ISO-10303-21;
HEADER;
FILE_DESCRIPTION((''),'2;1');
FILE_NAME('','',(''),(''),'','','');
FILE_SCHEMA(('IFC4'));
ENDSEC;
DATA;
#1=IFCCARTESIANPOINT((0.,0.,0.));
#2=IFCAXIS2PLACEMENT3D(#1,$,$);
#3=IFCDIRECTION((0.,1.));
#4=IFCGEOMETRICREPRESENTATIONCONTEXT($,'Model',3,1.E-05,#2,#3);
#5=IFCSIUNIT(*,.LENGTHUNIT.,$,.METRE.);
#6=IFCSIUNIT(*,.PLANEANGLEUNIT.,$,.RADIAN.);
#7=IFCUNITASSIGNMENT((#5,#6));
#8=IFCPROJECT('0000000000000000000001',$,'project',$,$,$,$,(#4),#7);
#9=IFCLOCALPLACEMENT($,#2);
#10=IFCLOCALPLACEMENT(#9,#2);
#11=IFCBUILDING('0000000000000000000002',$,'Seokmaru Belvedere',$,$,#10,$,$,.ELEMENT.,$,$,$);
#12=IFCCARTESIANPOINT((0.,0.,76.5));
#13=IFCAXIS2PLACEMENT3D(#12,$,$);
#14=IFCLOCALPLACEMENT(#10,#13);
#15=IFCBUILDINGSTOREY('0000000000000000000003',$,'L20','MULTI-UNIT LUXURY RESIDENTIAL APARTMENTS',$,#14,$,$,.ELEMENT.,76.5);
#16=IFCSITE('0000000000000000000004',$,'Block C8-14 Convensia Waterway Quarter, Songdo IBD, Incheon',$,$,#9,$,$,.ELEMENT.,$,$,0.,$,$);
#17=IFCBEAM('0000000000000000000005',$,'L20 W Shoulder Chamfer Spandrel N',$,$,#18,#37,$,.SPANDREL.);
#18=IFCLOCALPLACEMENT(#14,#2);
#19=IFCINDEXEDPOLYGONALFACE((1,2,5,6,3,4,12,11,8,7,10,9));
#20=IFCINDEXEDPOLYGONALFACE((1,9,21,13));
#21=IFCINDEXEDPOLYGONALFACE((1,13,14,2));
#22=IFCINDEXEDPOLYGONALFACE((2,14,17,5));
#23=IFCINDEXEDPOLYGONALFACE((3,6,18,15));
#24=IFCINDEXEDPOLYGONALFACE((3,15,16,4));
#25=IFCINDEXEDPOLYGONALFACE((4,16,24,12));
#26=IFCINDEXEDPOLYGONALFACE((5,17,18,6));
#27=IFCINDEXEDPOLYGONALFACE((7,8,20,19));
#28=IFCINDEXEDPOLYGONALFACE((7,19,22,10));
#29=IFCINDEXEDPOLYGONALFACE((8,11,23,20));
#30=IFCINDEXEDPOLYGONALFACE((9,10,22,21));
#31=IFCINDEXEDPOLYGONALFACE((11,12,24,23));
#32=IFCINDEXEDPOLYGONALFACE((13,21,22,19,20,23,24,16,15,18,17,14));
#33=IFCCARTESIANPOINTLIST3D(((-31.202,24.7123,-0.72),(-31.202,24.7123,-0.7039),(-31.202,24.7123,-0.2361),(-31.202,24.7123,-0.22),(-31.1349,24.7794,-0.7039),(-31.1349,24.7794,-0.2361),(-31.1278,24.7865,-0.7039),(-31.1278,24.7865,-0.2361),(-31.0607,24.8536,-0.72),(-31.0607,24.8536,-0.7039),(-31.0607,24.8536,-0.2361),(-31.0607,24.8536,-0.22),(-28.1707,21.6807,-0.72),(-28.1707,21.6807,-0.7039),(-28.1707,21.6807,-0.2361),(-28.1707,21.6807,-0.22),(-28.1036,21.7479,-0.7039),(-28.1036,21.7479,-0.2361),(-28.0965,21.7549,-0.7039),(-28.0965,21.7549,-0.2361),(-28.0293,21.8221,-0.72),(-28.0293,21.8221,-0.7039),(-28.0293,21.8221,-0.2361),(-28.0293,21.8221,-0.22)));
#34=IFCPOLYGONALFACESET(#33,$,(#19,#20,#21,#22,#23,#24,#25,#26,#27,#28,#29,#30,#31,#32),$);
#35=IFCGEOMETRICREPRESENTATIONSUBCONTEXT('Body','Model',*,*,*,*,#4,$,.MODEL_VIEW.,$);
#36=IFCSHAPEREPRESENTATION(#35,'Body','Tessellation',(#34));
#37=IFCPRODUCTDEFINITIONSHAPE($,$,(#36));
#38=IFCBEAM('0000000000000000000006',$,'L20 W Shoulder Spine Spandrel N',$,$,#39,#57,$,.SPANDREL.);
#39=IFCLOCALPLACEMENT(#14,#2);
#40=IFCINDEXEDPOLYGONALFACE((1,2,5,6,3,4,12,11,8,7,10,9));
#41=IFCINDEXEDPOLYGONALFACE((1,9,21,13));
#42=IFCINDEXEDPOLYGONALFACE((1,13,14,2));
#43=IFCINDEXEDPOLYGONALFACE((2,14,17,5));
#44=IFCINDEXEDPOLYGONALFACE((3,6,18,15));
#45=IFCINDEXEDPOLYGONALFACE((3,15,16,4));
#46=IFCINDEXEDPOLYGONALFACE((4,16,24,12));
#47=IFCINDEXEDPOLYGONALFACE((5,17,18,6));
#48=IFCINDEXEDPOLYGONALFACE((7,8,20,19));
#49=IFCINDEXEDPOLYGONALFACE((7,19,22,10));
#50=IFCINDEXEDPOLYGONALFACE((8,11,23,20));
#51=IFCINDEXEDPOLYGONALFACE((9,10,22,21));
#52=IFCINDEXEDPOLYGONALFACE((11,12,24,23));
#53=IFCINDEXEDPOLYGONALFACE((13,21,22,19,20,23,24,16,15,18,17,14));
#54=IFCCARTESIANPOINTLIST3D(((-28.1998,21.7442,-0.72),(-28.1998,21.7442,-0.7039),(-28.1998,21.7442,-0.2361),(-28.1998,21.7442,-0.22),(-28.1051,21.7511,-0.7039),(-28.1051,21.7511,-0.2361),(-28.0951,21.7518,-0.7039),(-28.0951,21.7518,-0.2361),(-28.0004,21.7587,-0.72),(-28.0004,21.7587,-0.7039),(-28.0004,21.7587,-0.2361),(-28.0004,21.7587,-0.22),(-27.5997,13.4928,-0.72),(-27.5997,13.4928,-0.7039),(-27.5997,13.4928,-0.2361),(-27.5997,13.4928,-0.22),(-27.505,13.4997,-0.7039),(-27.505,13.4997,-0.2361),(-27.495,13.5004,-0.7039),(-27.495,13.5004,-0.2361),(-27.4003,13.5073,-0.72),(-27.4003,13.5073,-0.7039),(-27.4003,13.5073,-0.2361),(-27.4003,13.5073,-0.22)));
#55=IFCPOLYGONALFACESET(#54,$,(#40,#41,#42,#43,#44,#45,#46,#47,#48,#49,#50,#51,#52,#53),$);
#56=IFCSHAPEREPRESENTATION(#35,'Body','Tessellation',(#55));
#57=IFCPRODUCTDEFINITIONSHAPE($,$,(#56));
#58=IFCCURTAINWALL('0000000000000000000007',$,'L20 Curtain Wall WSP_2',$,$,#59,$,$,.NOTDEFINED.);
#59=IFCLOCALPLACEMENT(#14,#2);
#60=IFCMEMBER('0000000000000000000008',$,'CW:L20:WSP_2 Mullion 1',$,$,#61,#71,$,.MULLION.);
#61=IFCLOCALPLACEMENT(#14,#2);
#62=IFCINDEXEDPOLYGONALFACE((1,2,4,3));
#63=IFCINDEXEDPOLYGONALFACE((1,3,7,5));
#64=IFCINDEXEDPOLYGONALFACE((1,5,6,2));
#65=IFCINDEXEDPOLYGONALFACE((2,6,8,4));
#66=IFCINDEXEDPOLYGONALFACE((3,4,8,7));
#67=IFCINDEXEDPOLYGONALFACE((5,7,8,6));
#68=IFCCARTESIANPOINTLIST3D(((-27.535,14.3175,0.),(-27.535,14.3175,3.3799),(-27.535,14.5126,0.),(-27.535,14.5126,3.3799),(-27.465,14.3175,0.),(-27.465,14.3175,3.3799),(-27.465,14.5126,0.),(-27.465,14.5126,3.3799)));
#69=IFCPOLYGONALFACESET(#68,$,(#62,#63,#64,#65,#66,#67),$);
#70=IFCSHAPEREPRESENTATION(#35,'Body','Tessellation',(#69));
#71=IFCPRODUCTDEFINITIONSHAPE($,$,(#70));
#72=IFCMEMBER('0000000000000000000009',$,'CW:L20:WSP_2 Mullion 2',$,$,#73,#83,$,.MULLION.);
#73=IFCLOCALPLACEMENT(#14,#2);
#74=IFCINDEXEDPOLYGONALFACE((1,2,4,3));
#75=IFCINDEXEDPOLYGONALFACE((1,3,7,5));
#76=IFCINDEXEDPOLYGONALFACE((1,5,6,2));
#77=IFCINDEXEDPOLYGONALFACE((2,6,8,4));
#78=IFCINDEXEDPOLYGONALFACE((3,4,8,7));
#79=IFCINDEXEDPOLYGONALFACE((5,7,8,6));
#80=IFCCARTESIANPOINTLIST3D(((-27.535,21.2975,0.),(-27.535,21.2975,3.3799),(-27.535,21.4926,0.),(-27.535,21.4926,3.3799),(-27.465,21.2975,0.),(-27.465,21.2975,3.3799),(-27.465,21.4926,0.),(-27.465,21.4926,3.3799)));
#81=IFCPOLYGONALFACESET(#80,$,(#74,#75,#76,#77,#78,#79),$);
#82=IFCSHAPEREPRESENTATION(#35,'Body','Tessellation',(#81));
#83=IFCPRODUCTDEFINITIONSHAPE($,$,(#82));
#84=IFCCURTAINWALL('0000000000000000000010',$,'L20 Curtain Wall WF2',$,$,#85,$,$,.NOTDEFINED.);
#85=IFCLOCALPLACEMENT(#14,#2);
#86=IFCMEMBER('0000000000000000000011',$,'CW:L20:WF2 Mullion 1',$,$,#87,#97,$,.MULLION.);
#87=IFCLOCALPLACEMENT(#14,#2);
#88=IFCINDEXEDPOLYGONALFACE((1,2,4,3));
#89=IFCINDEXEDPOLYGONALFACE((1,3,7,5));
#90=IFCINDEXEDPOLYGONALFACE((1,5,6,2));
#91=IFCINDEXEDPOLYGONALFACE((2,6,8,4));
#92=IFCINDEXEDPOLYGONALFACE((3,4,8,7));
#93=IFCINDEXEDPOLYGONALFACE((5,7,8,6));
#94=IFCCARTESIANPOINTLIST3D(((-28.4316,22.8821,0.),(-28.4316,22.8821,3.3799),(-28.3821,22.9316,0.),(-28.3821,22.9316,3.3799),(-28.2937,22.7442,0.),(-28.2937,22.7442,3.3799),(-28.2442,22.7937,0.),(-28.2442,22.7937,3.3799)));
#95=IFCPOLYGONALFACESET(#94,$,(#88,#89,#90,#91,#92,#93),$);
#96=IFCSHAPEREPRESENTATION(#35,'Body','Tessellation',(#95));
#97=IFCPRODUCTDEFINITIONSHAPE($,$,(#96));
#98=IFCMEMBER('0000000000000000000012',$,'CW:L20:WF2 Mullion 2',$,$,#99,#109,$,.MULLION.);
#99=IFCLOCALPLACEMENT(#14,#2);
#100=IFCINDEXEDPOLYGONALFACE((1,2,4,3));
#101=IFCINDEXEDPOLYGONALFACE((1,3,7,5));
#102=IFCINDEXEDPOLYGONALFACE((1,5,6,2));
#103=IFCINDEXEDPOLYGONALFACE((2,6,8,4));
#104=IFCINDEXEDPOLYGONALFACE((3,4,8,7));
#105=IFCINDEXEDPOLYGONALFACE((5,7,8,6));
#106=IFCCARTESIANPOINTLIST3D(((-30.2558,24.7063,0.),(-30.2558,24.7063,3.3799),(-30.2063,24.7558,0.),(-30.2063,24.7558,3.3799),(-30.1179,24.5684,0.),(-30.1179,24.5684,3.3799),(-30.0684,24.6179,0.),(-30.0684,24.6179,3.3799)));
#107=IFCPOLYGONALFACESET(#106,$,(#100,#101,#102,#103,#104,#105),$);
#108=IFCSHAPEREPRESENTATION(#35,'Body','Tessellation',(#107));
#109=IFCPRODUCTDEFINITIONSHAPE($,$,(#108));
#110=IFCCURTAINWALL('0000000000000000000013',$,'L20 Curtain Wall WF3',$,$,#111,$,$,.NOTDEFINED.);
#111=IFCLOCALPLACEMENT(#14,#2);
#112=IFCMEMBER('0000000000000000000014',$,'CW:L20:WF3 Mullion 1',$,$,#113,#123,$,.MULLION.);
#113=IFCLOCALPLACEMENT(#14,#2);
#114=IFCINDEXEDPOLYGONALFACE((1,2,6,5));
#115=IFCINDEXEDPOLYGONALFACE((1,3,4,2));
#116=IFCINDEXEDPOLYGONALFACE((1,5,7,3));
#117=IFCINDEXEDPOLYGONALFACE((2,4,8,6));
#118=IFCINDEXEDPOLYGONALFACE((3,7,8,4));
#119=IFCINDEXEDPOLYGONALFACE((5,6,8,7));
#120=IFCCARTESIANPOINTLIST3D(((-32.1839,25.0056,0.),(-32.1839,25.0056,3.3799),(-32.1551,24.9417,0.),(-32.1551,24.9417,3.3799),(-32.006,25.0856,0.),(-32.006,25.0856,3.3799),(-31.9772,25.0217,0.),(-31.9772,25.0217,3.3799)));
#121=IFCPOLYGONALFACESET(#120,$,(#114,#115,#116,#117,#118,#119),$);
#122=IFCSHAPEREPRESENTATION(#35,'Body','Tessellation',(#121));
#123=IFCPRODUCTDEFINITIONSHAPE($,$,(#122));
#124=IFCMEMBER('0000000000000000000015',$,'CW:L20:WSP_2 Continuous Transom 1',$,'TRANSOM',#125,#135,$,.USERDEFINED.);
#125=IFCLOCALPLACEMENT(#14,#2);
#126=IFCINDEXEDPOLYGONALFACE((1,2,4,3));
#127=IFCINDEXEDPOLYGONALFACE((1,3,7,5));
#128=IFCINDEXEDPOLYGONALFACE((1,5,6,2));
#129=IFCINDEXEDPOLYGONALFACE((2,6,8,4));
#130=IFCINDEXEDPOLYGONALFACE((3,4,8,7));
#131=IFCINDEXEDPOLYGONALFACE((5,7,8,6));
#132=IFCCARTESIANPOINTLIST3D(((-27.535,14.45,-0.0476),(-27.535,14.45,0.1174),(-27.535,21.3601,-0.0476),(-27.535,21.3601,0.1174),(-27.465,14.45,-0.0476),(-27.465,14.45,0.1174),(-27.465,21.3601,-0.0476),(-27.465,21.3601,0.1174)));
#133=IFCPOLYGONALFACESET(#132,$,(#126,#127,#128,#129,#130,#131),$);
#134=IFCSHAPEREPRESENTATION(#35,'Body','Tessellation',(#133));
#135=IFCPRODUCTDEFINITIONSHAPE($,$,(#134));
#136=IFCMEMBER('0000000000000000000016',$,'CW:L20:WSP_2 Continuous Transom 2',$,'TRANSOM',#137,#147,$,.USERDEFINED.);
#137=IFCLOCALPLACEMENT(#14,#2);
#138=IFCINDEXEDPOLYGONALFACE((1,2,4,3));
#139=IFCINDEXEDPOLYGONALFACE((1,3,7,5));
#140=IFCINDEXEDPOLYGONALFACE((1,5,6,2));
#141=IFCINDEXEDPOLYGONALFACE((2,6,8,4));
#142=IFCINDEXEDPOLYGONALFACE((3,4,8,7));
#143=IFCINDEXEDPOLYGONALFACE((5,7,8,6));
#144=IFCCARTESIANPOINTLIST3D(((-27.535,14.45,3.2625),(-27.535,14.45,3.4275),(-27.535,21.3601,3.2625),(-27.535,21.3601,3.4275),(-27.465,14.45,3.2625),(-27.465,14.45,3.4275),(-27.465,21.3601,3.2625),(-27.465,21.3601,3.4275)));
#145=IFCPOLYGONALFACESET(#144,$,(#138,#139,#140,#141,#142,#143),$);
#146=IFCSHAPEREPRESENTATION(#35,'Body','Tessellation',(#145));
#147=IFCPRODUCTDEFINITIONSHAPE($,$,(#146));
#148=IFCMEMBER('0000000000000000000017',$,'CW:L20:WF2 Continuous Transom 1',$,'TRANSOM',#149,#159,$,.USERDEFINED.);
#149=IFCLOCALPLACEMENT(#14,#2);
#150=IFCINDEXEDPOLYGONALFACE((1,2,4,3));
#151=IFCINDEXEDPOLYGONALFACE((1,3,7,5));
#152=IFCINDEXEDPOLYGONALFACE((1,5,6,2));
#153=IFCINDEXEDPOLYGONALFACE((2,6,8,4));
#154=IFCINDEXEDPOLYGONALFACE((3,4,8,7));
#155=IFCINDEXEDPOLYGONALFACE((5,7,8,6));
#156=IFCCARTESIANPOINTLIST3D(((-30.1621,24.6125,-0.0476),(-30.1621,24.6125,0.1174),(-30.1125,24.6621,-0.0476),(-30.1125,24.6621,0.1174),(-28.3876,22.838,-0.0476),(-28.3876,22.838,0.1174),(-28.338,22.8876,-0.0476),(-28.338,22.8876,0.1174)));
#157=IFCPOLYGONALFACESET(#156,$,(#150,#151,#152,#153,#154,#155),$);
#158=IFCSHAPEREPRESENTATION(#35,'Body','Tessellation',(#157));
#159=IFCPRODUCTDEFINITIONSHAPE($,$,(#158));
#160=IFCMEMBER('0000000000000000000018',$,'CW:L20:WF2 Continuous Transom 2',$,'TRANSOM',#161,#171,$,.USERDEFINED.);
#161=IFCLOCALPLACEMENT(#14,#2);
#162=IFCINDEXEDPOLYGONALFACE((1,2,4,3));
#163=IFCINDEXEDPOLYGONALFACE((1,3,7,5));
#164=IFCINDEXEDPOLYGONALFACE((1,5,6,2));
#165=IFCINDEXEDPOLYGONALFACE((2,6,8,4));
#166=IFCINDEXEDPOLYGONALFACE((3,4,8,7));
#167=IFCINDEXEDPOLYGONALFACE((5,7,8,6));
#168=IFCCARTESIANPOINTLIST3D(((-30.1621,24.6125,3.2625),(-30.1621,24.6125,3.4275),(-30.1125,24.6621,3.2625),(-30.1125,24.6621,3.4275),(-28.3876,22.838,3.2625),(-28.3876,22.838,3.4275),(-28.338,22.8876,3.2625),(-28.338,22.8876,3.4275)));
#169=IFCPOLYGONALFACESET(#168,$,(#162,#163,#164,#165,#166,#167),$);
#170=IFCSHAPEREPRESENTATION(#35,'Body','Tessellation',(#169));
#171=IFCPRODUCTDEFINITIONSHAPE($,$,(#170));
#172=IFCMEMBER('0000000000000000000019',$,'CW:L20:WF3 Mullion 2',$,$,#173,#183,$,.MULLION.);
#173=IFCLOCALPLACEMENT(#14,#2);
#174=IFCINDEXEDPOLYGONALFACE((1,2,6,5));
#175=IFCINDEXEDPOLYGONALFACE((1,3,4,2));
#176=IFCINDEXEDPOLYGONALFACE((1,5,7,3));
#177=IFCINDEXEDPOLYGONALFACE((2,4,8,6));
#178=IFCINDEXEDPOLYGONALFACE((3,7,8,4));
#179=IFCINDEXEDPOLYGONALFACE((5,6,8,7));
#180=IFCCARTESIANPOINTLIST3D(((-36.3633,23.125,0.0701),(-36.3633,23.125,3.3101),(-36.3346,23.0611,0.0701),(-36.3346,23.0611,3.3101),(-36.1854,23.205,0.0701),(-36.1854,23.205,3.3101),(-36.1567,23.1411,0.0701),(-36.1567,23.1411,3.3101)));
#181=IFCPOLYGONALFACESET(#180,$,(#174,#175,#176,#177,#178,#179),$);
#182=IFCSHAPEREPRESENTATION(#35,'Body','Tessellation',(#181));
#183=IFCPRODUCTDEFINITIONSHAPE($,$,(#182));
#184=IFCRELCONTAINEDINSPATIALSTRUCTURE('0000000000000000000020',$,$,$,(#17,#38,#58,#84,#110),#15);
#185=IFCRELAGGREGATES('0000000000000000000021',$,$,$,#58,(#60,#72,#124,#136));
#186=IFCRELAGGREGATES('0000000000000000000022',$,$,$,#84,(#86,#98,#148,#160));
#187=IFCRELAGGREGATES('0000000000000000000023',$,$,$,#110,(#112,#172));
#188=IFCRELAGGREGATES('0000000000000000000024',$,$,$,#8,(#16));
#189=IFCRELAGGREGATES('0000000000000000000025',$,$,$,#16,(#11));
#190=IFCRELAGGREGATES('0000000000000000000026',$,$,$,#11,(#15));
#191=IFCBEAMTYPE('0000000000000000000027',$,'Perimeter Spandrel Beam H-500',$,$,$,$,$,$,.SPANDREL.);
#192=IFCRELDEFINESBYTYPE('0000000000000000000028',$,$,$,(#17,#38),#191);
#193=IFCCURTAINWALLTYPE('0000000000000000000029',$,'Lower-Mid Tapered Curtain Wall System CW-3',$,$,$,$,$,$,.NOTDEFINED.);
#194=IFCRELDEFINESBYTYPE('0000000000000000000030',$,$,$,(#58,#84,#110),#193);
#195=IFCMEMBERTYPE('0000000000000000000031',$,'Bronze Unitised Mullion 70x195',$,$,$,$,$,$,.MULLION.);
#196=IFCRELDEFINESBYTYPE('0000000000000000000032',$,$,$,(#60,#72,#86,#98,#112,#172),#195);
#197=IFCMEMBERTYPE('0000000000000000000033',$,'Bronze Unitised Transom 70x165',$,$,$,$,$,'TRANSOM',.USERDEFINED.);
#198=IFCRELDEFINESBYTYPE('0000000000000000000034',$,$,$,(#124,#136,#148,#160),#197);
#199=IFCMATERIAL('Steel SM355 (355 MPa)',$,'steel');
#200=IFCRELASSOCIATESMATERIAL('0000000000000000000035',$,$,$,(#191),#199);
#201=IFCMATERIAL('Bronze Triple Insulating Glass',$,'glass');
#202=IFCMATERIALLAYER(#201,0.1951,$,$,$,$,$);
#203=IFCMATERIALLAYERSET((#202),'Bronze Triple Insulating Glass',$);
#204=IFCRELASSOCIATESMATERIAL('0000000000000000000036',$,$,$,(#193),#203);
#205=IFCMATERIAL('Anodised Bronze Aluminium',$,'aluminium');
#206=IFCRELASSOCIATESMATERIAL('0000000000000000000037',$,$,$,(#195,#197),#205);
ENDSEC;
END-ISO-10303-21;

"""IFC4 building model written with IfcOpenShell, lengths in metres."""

from ifc_helpers import new_model, si_unit, direction, frame, origin, origin_2d, place, context, subcontext, project, spatial, rectangle, i_section, extrude, source, transform, mapped, material, layer, layer_set, material_profile, profile_set, type_object, type_shapes, element, aggregate, save


model = new_model("IFC4")

# Units and contexts
model_context = context("Model", 3, precision=1e-05, world=origin(), true_north=direction((0.0, 1.0)))
body_context = subcontext(model_context, "Body", "Model", "MODEL_VIEW")
ifc_project = project(units=[si_unit("LENGTHUNIT", "METRE"), si_unit("PLANEANGLEUNIT", "RADIAN")], contexts=[model_context])

# Site, building, storey
site_placement = place(None, origin())
site = spatial("IfcSite", under=ifc_project, at=site_placement, Name="Block C8-14 Convensia Waterway Quarter, Songdo IBD, Incheon", CompositionType="ELEMENT", RefElevation=0.0)
building_placement = place(site_placement, origin())
building = spatial("IfcBuilding", under=site, at=building_placement, Name="Seokmaru Belvedere", CompositionType="ELEMENT")
storey_placement = place(building_placement, frame((0.0, 0.0, 76.5)))
storey = spatial("IfcBuildingStorey", under=building, at=storey_placement, Name="L20", Description="MULTI-UNIT LUXURY RESIDENTIAL APARTMENTS", CompositionType="ELEMENT", Elevation=76.5)

# Shared definitions
ifc_material_1 = material(Name="Steel SM355 (355 MPa)", Category="steel")

# Beams
ifc_material_profile_1 = material_profile(ifc_material_1, i_section(OverallWidth=0.2, OverallDepth=0.5, WebThickness=0.01, FlangeThickness=0.0161, at=origin_2d()), Name="H-500x200x10x16")
ifc_profile_set_1 = profile_set([ifc_material_profile_1], Name="Steel SM355 (355 MPa)")
beam_type_1 = type_object("IfcBeamType", Name="Perimeter Spandrel Beam H-500", PredefinedType="SPANDREL", material=ifc_profile_set_1)
shared_shape_1 = source(origin(), body_context, "Body", "SweptSolid", [
    extrude(i_section(OverallWidth=0.2, OverallDepth=0.5, WebThickness=0.01, FlangeThickness=0.0161, at=origin_2d()), origin(), (0.0, 0.0, 1.0), 4.2871),
])
beam_1_placement = place(storey_placement, frame((-31.1313, 24.783, -0.47), z_axis=(0.707078, -0.707135, 0.0), x_axis=(0.707135, 0.707078, 0.0)))
element("IfcBeam", 1, at=beam_1_placement, inside=storey, type_object=beam_type_1, Name="L20 W Shoulder Chamfer Spandrel N", PredefinedType="SPANDREL", context=body_context, shape_type="MappedRepresentation", body=[
    mapped(shared_shape_1, transform((0.0, 0.0, 0.0), scale=1.0)),
])
shared_shape_2 = source(origin(), body_context, "Body", "SweptSolid", [
    extrude(i_section(OverallWidth=0.2, OverallDepth=0.5, WebThickness=0.01, FlangeThickness=0.0161, at=origin_2d()), origin(), (0.0, 0.0, 1.0), 8.2732),
])
beam_2_placement = place(storey_placement, frame((-28.1001, 21.7515, -0.47), z_axis=(0.072535, -0.997366, 0.0), x_axis=(0.997366, 0.072535, 0.0)))
element("IfcBeam", 2, at=beam_2_placement, inside=storey, type_object=beam_type_1, Name="L20 W Shoulder Spine Spandrel N", PredefinedType="SPANDREL", context=body_context, shape_type="MappedRepresentation", body=[
    mapped(shared_shape_2, transform((0.0, 0.0, 0.0), scale=1.0)),
])

# Curtain walls, members
ifc_material_2 = material(Name="Bronze Triple Insulating Glass", Category="glass")
ifc_layer_1 = layer(ifc_material_2, 0.1951)
ifc_layer_set_1 = layer_set([ifc_layer_1], Name="Bronze Triple Insulating Glass")
curtain_wall_type = type_object("IfcCurtainWallType", Name="Lower-Mid Tapered Curtain Wall System CW-3", PredefinedType="NOTDEFINED", material=ifc_layer_set_1)
curtain_wall_1_placement = place(storey_placement, origin())
curtain_wall_1 = element("IfcCurtainWall", 3, at=curtain_wall_1_placement, inside=storey, type_object=curtain_wall_type, Name="L20 Curtain Wall WSP_2", PredefinedType="NOTDEFINED")
ifc_material_3 = material(Name="Anodised Bronze Aluminium", Category="aluminium")
ifc_material_profile_2 = material_profile(ifc_material_3, rectangle(XDim=0.0701, YDim=0.1951, at=origin_2d()), Name="CW-M-70x195")
ifc_profile_set_2 = profile_set([ifc_material_profile_2], Name="Anodised Bronze Aluminium")
member_type_1 = type_object("IfcMemberType", Name="Bronze Unitised Mullion 70x195", PredefinedType="MULLION", material=ifc_profile_set_2)
shared_shape_3 = source(origin(), body_context, "Body", "SweptSolid", [
    extrude(rectangle(XDim=0.0701, YDim=0.1951, at=origin_2d()), origin(), (0.0, 0.0, 1.0), 3.3799),
])
member_1_placement = place(storey_placement, frame((-27.5, 14.415, 0.0), z_axis=(0.0, 0.0, 1.0), x_axis=(-1.0, 0.0, 0.0)))
member_1 = element("IfcMember", 4, at=member_1_placement, type_object=member_type_1, Name="CW:L20:WSP_2 Mullion 1", PredefinedType="MULLION", context=body_context, shape_type="MappedRepresentation", body=[
    mapped(shared_shape_3, transform((0.0, 0.0, 0.0), scale=1.0)),
])
member_2_placement = place(storey_placement, frame((-27.5, 21.395, 0.0), z_axis=(0.0, 0.0, 1.0), x_axis=(-1.0, 0.0, 0.0)))
member_2 = element("IfcMember", 5, at=member_2_placement, type_object=member_type_1, Name="CW:L20:WSP_2 Mullion 2", PredefinedType="MULLION", context=body_context, shape_type="MappedRepresentation", body=[
    mapped(shared_shape_3, transform((0.0, 0.0, 0.0), scale=1.0)),
])
curtain_wall_2_placement = place(storey_placement, origin())
curtain_wall_2 = element("IfcCurtainWall", 6, at=curtain_wall_2_placement, inside=storey, type_object=curtain_wall_type, Name="L20 Curtain Wall WF2", PredefinedType="NOTDEFINED")
member_3_placement = place(storey_placement, frame((-28.3379, 22.8379, 0.0), z_axis=(0.0, 0.0, 1.0), x_axis=(-0.707107, -0.707107, 0.0)))
member_3 = element("IfcMember", 7, at=member_3_placement, type_object=member_type_1, Name="CW:L20:WF2 Mullion 1", PredefinedType="MULLION", context=body_context, shape_type="MappedRepresentation", body=[
    mapped(shared_shape_3, transform((0.0, 0.0, 0.0), scale=1.0)),
])
member_4_placement = place(storey_placement, frame((-30.1621, 24.6621, 0.0), z_axis=(0.0, 0.0, 1.0), x_axis=(-0.707107, -0.707107, 0.0)))
member_4 = element("IfcMember", 8, at=member_4_placement, type_object=member_type_1, Name="CW:L20:WF2 Mullion 2", PredefinedType="MULLION", context=body_context, shape_type="MappedRepresentation", body=[
    mapped(shared_shape_3, transform((0.0, 0.0, 0.0), scale=1.0)),
])

# Curtain wall, member
curtain_wall_3_placement = place(storey_placement, origin())
curtain_wall_3 = element("IfcCurtainWall", 9, at=curtain_wall_3_placement, inside=storey, type_object=curtain_wall_type, Name="L20 Curtain Wall WF3", PredefinedType="NOTDEFINED")
member_5_placement = place(storey_placement, frame((-32.0806, 25.0137, 0.0), z_axis=(0.0, 0.0, 1.0), x_axis=(0.410366, -0.911921, 0.0)))
member_5 = element("IfcMember", 10, at=member_5_placement, type_object=member_type_1, Name="CW:L20:WF3 Mullion 1", PredefinedType="MULLION", context=body_context, shape_type="MappedRepresentation", body=[
    mapped(shared_shape_3, transform((0.0, 0.0, 0.0), scale=1.0)),
])

# Members
ifc_material_profile_3 = material_profile(ifc_material_3, rectangle(XDim=0.0701, YDim=0.165, at=origin_2d()), Name="CW-T-70x165")
ifc_profile_set_3 = profile_set([ifc_material_profile_3], Name="Anodised Bronze Aluminium")
member_type_2 = type_object("IfcMemberType", Name="Bronze Unitised Transom 70x165", ElementType="TRANSOM", PredefinedType="USERDEFINED", material=ifc_profile_set_3)
shared_shape_4 = source(origin(), body_context, "Body", "SweptSolid", [
    extrude(rectangle(XDim=0.0701, YDim=0.165, at=origin_2d()), origin(), (0.0, 0.0, 1.0), 6.9102),
])
member_6_placement = place(storey_placement, frame((-27.5, 14.45, 0.0349), z_axis=(0.0, 1.0, 0.0), x_axis=(-1.0, 0.0, 0.0)))
member_6 = element("IfcMember", 11, at=member_6_placement, type_object=member_type_2, Name="CW:L20:WSP_2 Continuous Transom 1", ObjectType="TRANSOM", PredefinedType="USERDEFINED", context=body_context, shape_type="MappedRepresentation", body=[
    mapped(shared_shape_4, transform((0.0, 0.0, 0.0), scale=1.0)),
])
member_7_placement = place(storey_placement, frame((-27.5, 14.45, 3.345), z_axis=(0.0, 1.0, 0.0), x_axis=(-1.0, 0.0, 0.0)))
member_7 = element("IfcMember", 12, at=member_7_placement, type_object=member_type_2, Name="CW:L20:WSP_2 Continuous Transom 2", ObjectType="TRANSOM", PredefinedType="USERDEFINED", context=body_context, shape_type="MappedRepresentation", body=[
    mapped(shared_shape_4, transform((0.0, 0.0, 0.0), scale=1.0)),
])
shared_shape_5 = source(origin(), body_context, "Body", "SweptSolid", [
    extrude(rectangle(XDim=0.0701, YDim=0.165, at=origin_2d()), origin(), (0.0, 0.0, 1.0), 2.5095),
])
member_8_placement = place(storey_placement, frame((-28.3628, 22.8628, 0.0349), z_axis=(-0.707107, 0.707107, 0.0), x_axis=(-0.707107, -0.707107, 0.0)))
member_8 = element("IfcMember", 13, at=member_8_placement, type_object=member_type_2, Name="CW:L20:WF2 Continuous Transom 1", ObjectType="TRANSOM", PredefinedType="USERDEFINED", context=body_context, shape_type="MappedRepresentation", body=[
    mapped(shared_shape_5, transform((0.0, 0.0, 0.0), scale=1.0)),
])
member_9_placement = place(storey_placement, frame((-28.3628, 22.8628, 3.345), z_axis=(-0.707107, 0.707107, 0.0), x_axis=(-0.707107, -0.707107, 0.0)))
member_9 = element("IfcMember", 14, at=member_9_placement, type_object=member_type_2, Name="CW:L20:WF2 Continuous Transom 2", ObjectType="TRANSOM", PredefinedType="USERDEFINED", context=body_context, shape_type="MappedRepresentation", body=[
    mapped(shared_shape_5, transform((0.0, 0.0, 0.0), scale=1.0)),
])
shared_shape_6 = source(origin(), body_context, "Body", "SweptSolid", [
    extrude(rectangle(XDim=0.0701, YDim=0.1951, at=origin_2d()), origin(), (0.0, 0.0, 1.0), 3.24),
])
type_shapes(member_type_1, [shared_shape_3, shared_shape_6])
member_10_placement = place(storey_placement, frame((-36.26, 23.1331, 0.0701), z_axis=(0.0, 0.0, 1.0), x_axis=(0.410366, -0.911921, 0.0)))
member_10 = element("IfcMember", 15, at=member_10_placement, type_object=member_type_1, Name="CW:L20:WF3 Mullion 2", PredefinedType="MULLION", context=body_context, shape_type="MappedRepresentation", body=[
    mapped(shared_shape_6, transform((0.0, 0.0, 0.0), scale=1.0)),
])

aggregate(curtain_wall_1, [member_1, member_2, member_6, member_7])
aggregate(curtain_wall_2, [member_3, member_4, member_8, member_9])
aggregate(curtain_wall_3, [member_5, member_10])

save(model, "model.ifc")
